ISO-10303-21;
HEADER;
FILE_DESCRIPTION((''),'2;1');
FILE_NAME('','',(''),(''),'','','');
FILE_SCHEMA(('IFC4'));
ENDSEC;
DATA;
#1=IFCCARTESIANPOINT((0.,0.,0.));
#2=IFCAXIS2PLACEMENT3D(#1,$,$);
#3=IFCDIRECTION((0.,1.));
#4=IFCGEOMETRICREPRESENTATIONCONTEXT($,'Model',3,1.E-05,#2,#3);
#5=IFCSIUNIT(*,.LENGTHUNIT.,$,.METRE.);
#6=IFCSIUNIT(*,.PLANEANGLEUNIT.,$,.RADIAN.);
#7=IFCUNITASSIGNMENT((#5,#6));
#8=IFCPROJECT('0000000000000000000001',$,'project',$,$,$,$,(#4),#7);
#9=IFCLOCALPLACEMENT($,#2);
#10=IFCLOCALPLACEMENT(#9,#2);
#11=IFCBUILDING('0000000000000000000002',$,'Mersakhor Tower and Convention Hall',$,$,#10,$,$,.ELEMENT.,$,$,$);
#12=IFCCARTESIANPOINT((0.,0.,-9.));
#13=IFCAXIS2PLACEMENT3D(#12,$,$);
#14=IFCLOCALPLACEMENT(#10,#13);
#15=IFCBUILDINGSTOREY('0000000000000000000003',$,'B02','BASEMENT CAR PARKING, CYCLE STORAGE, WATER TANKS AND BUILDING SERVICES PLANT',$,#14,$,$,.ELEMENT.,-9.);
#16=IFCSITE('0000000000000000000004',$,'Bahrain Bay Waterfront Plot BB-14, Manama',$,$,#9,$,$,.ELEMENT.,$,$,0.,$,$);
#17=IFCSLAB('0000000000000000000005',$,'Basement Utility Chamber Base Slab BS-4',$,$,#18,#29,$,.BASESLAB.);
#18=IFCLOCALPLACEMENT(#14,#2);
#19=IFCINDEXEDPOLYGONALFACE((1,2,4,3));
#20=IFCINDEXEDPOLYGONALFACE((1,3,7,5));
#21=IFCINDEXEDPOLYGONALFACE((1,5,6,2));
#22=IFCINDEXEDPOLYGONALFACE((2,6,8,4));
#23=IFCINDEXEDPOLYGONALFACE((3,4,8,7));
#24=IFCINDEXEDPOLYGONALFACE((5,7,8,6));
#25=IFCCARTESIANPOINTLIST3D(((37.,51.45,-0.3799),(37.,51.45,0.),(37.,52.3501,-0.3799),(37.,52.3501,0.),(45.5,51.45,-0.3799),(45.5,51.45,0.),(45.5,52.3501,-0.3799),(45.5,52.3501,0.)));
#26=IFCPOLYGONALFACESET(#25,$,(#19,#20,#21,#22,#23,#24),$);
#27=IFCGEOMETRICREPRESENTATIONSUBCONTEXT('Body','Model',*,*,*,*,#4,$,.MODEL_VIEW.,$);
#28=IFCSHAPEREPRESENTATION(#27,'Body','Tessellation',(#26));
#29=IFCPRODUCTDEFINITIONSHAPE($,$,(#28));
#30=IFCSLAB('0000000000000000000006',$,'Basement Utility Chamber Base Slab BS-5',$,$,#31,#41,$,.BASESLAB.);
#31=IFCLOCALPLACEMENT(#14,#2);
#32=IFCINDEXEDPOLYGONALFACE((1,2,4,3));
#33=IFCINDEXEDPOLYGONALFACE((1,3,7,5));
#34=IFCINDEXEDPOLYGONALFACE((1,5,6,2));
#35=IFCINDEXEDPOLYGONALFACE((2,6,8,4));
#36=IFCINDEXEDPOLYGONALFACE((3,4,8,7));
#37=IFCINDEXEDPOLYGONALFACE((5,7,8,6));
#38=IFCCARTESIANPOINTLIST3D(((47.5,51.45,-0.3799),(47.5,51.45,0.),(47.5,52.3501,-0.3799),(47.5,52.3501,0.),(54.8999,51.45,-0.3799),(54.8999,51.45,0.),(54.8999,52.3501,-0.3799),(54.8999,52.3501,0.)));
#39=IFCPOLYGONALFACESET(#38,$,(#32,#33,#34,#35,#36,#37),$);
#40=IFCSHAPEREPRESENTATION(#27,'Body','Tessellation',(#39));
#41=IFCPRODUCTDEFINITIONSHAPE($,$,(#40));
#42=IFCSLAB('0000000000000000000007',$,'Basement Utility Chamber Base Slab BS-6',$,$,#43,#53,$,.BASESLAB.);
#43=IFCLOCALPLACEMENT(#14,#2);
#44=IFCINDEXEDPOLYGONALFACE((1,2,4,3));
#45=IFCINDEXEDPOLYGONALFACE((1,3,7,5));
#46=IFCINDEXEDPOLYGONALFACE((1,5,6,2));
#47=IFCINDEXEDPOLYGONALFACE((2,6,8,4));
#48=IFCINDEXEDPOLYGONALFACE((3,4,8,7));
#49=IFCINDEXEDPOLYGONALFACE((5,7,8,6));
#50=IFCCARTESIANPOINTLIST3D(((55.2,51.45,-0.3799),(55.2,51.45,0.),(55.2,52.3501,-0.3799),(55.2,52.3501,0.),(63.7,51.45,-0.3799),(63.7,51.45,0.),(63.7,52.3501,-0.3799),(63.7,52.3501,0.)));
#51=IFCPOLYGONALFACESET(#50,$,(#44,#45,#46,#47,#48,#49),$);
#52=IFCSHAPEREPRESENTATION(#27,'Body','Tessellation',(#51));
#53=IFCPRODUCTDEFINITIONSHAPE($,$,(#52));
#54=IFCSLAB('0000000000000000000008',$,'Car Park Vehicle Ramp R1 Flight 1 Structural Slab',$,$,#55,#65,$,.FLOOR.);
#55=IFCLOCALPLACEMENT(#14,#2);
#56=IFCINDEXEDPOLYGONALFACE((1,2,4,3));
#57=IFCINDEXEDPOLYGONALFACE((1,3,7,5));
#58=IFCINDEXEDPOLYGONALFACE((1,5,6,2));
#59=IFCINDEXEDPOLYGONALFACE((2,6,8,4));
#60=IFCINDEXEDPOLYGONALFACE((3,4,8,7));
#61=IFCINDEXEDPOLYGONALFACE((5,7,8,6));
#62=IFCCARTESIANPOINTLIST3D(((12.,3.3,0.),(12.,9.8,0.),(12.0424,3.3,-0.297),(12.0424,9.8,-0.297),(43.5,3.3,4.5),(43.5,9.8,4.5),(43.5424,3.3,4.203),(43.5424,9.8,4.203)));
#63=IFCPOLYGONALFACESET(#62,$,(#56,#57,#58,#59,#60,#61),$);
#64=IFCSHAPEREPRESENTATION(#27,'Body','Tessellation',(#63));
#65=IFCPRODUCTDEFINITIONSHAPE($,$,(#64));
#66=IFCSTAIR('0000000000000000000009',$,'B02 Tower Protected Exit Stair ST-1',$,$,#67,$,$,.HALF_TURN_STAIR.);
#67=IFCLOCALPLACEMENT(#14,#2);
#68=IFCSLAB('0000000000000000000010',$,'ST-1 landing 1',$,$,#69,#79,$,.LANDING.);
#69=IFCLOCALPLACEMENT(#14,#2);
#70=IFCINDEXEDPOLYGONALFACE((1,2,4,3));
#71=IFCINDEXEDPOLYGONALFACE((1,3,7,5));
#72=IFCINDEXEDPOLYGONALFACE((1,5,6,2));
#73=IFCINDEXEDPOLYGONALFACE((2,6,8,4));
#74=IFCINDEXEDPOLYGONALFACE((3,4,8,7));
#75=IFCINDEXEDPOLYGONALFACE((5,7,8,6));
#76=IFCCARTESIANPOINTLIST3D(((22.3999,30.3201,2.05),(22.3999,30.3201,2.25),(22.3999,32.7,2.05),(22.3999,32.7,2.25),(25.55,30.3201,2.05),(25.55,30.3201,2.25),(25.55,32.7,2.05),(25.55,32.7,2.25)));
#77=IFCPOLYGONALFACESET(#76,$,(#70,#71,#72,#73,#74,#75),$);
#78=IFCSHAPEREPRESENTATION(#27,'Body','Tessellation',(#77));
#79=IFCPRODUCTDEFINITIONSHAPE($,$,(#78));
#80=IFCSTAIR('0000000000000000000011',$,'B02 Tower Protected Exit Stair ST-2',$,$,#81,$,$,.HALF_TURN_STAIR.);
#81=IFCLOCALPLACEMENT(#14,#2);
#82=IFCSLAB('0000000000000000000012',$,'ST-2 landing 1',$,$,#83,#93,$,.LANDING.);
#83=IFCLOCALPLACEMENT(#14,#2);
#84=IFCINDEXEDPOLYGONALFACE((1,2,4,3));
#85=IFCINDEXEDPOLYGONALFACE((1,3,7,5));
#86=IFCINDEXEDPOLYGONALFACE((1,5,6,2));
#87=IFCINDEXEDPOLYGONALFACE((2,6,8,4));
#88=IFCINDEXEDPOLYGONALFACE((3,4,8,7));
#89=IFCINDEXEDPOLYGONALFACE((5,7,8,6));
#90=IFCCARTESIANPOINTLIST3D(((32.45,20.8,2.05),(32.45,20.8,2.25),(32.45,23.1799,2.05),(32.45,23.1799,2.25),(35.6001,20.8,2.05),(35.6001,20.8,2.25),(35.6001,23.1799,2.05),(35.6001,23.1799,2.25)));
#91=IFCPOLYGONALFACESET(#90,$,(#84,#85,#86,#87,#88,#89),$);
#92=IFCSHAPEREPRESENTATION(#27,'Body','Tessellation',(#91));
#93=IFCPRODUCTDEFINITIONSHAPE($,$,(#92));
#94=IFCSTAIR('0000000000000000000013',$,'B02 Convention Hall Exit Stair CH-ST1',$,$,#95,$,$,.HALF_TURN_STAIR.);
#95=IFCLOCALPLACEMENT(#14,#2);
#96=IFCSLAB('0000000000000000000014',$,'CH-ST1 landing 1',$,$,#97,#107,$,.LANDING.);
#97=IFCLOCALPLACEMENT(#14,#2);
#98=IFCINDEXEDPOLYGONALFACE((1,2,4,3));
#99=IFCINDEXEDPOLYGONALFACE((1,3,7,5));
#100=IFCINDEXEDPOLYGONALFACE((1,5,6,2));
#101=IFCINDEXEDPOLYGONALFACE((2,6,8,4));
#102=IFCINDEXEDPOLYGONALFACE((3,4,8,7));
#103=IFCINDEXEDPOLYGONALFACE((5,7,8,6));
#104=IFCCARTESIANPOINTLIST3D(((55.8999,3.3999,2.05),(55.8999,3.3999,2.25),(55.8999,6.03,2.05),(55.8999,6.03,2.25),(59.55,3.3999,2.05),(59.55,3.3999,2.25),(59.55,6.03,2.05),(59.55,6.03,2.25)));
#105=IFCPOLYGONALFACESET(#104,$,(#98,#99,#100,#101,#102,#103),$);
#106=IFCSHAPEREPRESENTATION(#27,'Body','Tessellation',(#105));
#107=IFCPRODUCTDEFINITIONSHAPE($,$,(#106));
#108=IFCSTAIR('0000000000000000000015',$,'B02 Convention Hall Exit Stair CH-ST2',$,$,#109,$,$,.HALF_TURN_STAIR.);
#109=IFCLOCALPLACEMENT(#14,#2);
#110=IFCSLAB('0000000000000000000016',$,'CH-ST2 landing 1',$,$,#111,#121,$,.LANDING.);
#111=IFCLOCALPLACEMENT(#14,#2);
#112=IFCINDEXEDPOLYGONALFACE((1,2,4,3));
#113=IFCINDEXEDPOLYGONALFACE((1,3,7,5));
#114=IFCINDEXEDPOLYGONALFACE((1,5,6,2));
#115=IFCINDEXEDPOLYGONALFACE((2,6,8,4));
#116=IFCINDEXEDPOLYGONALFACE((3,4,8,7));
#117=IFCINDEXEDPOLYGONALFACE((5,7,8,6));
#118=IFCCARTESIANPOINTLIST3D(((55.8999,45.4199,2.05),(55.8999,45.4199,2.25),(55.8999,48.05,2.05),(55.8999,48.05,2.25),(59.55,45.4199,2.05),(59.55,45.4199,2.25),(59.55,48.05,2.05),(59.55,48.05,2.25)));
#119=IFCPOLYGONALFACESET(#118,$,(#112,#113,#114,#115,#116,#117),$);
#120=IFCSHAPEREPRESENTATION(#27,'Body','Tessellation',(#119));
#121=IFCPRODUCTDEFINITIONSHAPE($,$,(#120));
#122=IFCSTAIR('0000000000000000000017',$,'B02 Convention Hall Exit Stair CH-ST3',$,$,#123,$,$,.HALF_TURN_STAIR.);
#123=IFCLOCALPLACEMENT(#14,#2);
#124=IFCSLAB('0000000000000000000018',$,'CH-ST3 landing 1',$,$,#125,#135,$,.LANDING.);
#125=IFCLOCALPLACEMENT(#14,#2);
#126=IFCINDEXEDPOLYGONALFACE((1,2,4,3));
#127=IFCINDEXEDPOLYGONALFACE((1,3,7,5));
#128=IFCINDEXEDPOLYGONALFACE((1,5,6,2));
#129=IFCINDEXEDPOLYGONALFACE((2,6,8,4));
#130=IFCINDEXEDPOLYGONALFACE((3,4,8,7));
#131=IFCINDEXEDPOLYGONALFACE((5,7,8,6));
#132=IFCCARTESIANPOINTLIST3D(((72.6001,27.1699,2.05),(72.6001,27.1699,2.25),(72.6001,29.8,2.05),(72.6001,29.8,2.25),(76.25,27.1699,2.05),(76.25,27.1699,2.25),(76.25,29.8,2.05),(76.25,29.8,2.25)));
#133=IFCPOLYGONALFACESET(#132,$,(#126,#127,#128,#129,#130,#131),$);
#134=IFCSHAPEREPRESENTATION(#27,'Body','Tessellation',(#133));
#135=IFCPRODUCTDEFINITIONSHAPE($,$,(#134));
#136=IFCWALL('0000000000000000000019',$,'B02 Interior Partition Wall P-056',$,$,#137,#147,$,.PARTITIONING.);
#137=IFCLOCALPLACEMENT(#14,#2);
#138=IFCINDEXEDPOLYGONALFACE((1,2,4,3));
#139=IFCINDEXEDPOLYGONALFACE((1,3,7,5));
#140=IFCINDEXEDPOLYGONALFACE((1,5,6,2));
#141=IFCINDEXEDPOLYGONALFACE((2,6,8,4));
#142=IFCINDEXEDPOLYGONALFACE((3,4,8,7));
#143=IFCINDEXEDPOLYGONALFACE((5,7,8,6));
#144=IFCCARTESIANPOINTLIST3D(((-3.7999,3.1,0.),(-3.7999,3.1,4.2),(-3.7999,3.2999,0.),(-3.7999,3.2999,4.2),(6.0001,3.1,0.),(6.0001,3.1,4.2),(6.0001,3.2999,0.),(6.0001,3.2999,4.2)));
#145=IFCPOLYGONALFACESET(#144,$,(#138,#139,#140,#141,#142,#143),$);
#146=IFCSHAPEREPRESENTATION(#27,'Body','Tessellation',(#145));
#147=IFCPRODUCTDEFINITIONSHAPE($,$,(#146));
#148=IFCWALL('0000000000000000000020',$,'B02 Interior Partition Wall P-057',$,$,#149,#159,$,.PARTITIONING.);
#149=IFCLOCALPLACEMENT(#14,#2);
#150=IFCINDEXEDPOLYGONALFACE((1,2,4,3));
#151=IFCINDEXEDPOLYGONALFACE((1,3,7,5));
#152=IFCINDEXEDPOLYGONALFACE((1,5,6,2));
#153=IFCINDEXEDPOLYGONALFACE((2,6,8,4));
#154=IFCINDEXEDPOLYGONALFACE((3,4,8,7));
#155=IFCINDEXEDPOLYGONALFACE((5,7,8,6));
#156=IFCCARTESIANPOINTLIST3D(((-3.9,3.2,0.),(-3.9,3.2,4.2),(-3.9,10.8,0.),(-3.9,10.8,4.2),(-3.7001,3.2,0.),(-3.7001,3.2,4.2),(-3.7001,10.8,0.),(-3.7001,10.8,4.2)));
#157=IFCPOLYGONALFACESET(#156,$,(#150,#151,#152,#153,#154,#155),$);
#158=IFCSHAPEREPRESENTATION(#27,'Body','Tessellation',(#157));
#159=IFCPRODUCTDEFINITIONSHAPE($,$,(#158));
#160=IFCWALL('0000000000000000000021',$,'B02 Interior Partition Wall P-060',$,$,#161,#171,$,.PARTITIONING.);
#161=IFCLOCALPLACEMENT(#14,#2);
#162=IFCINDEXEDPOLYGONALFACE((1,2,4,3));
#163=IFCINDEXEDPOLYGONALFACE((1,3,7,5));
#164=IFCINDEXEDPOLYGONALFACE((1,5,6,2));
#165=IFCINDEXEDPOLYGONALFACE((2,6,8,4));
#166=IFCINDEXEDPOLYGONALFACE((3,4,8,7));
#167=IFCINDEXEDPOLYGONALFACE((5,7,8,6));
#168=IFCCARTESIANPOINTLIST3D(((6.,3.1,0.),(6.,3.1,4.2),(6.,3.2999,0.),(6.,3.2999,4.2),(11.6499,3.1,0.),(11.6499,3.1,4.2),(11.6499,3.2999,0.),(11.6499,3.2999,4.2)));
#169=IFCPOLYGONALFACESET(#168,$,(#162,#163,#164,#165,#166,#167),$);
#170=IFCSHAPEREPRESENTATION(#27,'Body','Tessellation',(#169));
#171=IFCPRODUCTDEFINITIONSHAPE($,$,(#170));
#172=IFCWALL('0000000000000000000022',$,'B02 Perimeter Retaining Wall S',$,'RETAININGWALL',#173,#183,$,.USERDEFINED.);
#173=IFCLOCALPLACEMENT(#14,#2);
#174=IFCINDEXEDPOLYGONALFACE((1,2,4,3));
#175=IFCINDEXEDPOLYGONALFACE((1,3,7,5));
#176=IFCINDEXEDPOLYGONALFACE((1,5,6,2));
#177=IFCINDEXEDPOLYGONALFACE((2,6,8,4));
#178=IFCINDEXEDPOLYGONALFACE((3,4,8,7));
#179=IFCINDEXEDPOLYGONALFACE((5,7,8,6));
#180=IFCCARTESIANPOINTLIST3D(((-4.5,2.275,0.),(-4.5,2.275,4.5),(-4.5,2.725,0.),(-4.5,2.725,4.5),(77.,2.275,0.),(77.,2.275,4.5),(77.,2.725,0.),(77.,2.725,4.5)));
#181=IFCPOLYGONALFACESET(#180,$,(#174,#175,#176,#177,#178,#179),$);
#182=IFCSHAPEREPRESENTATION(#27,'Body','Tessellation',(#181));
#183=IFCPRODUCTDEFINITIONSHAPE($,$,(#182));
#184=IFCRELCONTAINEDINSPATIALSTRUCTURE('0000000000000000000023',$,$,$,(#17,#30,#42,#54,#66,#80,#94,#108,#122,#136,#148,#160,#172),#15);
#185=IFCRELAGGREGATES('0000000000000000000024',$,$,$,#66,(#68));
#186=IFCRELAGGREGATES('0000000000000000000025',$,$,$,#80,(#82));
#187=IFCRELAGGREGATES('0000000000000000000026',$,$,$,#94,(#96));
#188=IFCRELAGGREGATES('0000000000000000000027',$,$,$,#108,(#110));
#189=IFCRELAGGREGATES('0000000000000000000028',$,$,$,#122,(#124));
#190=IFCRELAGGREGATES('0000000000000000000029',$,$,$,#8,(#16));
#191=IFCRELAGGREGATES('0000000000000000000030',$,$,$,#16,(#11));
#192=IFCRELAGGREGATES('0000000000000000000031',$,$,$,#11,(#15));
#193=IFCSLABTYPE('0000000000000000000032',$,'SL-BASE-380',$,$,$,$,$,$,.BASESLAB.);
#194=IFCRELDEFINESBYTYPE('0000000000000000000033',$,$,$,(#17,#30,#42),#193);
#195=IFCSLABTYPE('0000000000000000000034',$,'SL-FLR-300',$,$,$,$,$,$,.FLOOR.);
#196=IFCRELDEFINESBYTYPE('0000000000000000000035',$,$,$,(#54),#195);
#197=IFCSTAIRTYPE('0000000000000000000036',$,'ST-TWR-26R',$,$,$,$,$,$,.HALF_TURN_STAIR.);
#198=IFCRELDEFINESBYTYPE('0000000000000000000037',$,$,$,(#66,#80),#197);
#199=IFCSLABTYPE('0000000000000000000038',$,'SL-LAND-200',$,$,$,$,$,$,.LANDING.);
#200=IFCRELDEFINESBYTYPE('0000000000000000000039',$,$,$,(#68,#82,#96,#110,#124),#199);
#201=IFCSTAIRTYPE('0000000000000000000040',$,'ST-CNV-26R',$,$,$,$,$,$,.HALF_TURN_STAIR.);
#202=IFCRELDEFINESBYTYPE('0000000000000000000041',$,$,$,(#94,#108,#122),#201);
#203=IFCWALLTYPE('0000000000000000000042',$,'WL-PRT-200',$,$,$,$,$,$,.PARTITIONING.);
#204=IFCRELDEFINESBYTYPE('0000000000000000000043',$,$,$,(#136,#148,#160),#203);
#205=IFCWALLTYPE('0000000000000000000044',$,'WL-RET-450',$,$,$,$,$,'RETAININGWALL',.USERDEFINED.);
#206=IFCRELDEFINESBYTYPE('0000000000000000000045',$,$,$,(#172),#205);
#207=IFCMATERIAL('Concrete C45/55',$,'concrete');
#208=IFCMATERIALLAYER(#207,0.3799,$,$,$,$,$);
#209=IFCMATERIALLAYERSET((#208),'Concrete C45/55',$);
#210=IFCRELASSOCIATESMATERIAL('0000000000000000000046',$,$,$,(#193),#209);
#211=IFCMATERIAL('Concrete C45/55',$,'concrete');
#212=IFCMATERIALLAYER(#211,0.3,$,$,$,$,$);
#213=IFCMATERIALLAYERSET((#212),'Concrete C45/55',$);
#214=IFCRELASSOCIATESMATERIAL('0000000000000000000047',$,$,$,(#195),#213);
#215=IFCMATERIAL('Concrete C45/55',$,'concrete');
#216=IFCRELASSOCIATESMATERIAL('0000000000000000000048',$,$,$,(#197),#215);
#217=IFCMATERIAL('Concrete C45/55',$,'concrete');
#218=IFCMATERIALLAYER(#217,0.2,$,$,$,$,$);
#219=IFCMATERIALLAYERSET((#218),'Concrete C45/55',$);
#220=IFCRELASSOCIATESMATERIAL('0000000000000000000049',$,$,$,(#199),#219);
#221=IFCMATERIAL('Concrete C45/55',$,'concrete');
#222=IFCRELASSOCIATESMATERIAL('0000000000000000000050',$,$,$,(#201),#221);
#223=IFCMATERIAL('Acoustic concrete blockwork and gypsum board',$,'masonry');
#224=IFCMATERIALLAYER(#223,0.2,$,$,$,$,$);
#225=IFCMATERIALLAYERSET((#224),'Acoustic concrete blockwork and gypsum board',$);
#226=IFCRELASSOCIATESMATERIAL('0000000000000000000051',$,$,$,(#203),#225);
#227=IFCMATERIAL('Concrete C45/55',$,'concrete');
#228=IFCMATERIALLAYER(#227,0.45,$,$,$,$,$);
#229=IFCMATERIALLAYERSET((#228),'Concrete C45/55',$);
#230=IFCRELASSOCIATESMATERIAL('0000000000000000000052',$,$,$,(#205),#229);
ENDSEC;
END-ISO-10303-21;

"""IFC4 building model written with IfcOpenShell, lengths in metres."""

from ifc_helpers import new_model, si_unit, direction, frame, frame_2d, origin, place, context, subcontext, project, spatial, polyline, rectangle, outline, extrude, material, layer, layer_set, type_object, element, aggregate, save


model = new_model("IFC4")

# Units and contexts
model_context = context("Model", 3, precision=1e-05, world=origin(), true_north=direction((0.0, 1.0)))
body_context = subcontext(model_context, "Body", "Model", "MODEL_VIEW")
ifc_project = project(units=[si_unit("LENGTHUNIT", "METRE"), si_unit("PLANEANGLEUNIT", "RADIAN")], contexts=[model_context])

# Site, building, storey
site_placement = place(None, origin())
site = spatial("IfcSite", under=ifc_project, at=site_placement, Name="Bahrain Bay Waterfront Plot BB-14, Manama", CompositionType="ELEMENT", RefElevation=0.0)
building_placement = place(site_placement, origin())
building = spatial("IfcBuilding", under=site, at=building_placement, Name="Mersakhor Tower and Convention Hall", CompositionType="ELEMENT")
storey_placement = place(building_placement, frame((0.0, 0.0, -9.0)))
storey = spatial("IfcBuildingStorey", under=building, at=storey_placement, Name="B02", Description="BASEMENT CAR PARKING, CYCLE STORAGE, WATER TANKS AND BUILDING SERVICES PLANT", CompositionType="ELEMENT", Elevation=-9.0)

# Slabs
ifc_material_1 = material(Name="Concrete C45/55", Category="concrete")
ifc_layer_1 = layer(ifc_material_1, 0.3799)
ifc_layer_set_1 = layer_set([ifc_layer_1], Name="Concrete C45/55")
slab_type_1 = type_object("IfcSlabType", Name="SL-BASE-380", PredefinedType="BASESLAB", material=ifc_layer_set_1)
slab_1_placement = place(storey_placement, frame((0.0, 0.0, -0.3799)))
element("IfcSlab", 1, at=slab_1_placement, inside=storey, type_object=slab_type_1, Name="Basement Utility Chamber Base Slab BS-4", PredefinedType="BASESLAB", context=body_context, shape_type="SweptSolid", body=[
    extrude(outline(polyline([(37.0, 51.45), (37.0, 52.3501), (45.5, 52.3501), (45.5, 51.45), (37.0, 51.45)])), origin(), (0.0, 0.0, 1.0), 0.3799),
])
slab_2_placement = place(storey_placement, frame((0.0, 0.0, -0.3799)))
element("IfcSlab", 2, at=slab_2_placement, inside=storey, type_object=slab_type_1, Name="Basement Utility Chamber Base Slab BS-5", PredefinedType="BASESLAB", context=body_context, shape_type="SweptSolid", body=[
    extrude(outline(polyline([(47.5, 51.45), (47.5, 52.3501), (54.8999, 52.3501), (54.8999, 51.45), (47.5, 51.45)])), origin(), (0.0, 0.0, 1.0), 0.3799),
])
slab_3_placement = place(storey_placement, frame((0.0, 0.0, -0.3799)))
element("IfcSlab", 3, at=slab_3_placement, inside=storey, type_object=slab_type_1, Name="Basement Utility Chamber Base Slab BS-6", PredefinedType="BASESLAB", context=body_context, shape_type="SweptSolid", body=[
    extrude(outline(polyline([(55.2, 51.45), (55.2, 52.3501), (63.7, 52.3501), (63.7, 51.45), (55.2, 51.45)])), origin(), (0.0, 0.0, 1.0), 0.3799),
])
ifc_material_2 = material(Name="Concrete C45/55", Category="concrete")
ifc_layer_2 = layer(ifc_material_2, 0.3)
ifc_layer_set_2 = layer_set([ifc_layer_2], Name="Concrete C45/55")
slab_type_2 = type_object("IfcSlabType", Name="SL-FLR-300", PredefinedType="FLOOR", material=ifc_layer_set_2)
slab_4_placement = place(storey_placement, frame((12.0, 3.3, 0.0), z_axis=(-0.141421, 0.0, 0.989949), x_axis=(0.989949, 0.0, 0.141421)))
element("IfcSlab", 4, at=slab_4_placement, inside=storey, type_object=slab_type_2, Name="Car Park Vehicle Ramp R1 Flight 1 Structural Slab", PredefinedType="FLOOR", context=body_context, shape_type="SweptSolid", body=[
    extrude(outline(polyline([(0.0, 0.0), (31.8198, 0.0), (31.8198, 6.5), (0.0, 6.5), (0.0, 0.0)])), origin(), (0.0, 0.0, -1.0), 0.3),
])

# Stairs, slabs
ifc_material_3 = material(Name="Concrete C45/55", Category="concrete")
stair_type_1 = type_object("IfcStairType", Name="ST-TWR-26R", PredefinedType="HALF_TURN_STAIR", material=ifc_material_3)
stair_1_placement = place(storey_placement, origin())
stair_1 = element("IfcStair", 5, at=stair_1_placement, inside=storey, type_object=stair_type_1, Name="B02 Tower Protected Exit Stair ST-1", PredefinedType="HALF_TURN_STAIR")
ifc_material_4 = material(Name="Concrete C45/55", Category="concrete")
ifc_layer_3 = layer(ifc_material_4, 0.2)
ifc_layer_set_3 = layer_set([ifc_layer_3], Name="Concrete C45/55")
slab_type_3 = type_object("IfcSlabType", Name="SL-LAND-200", PredefinedType="LANDING", material=ifc_layer_set_3)
slab_5_placement = place(storey_placement, frame((0.0, 0.0, 2.05)))
slab_5 = element("IfcSlab", 6, at=slab_5_placement, type_object=slab_type_3, Name="ST-1 landing 1", PredefinedType="LANDING", context=body_context, shape_type="SweptSolid", body=[
    extrude(outline(polyline([(25.55, 30.3201), (25.55, 32.7), (22.3999, 32.7), (22.3999, 30.3201), (25.55, 30.3201)])), origin(), (0.0, 0.0, 1.0), 0.2),
])
aggregate(stair_1, [slab_5])
stair_2_placement = place(storey_placement, origin())
stair_2 = element("IfcStair", 7, at=stair_2_placement, inside=storey, type_object=stair_type_1, Name="B02 Tower Protected Exit Stair ST-2", PredefinedType="HALF_TURN_STAIR")
slab_6_placement = place(storey_placement, frame((0.0, 0.0, 2.05)))
slab_6 = element("IfcSlab", 8, at=slab_6_placement, type_object=slab_type_3, Name="ST-2 landing 1", PredefinedType="LANDING", context=body_context, shape_type="SweptSolid", body=[
    extrude(outline(polyline([(32.45, 23.1799), (32.45, 20.8), (35.6001, 20.8), (35.6001, 23.1799), (32.45, 23.1799)])), origin(), (0.0, 0.0, 1.0), 0.2),
])
aggregate(stair_2, [slab_6])
ifc_material_5 = material(Name="Concrete C45/55", Category="concrete")
stair_type_2 = type_object("IfcStairType", Name="ST-CNV-26R", PredefinedType="HALF_TURN_STAIR", material=ifc_material_5)
stair_3_placement = place(storey_placement, origin())
stair_3 = element("IfcStair", 9, at=stair_3_placement, inside=storey, type_object=stair_type_2, Name="B02 Convention Hall Exit Stair CH-ST1", PredefinedType="HALF_TURN_STAIR")
slab_7_placement = place(storey_placement, frame((0.0, 0.0, 2.05)))
slab_7 = element("IfcSlab", 10, at=slab_7_placement, type_object=slab_type_3, Name="CH-ST1 landing 1", PredefinedType="LANDING", context=body_context, shape_type="SweptSolid", body=[
    extrude(outline(polyline([(55.8999, 6.03), (55.8999, 3.3999), (59.55, 3.3999), (59.55, 6.03), (55.8999, 6.03)])), origin(), (0.0, 0.0, 1.0), 0.2),
])
aggregate(stair_3, [slab_7])
stair_4_placement = place(storey_placement, origin())
stair_4 = element("IfcStair", 11, at=stair_4_placement, inside=storey, type_object=stair_type_2, Name="B02 Convention Hall Exit Stair CH-ST2", PredefinedType="HALF_TURN_STAIR")
slab_8_placement = place(storey_placement, frame((0.0, 0.0, 2.05)))
slab_8 = element("IfcSlab", 12, at=slab_8_placement, type_object=slab_type_3, Name="CH-ST2 landing 1", PredefinedType="LANDING", context=body_context, shape_type="SweptSolid", body=[
    extrude(outline(polyline([(59.55, 45.4199), (59.55, 48.05), (55.8999, 48.05), (55.8999, 45.4199), (59.55, 45.4199)])), origin(), (0.0, 0.0, 1.0), 0.2),
])
aggregate(stair_4, [slab_8])
stair_5_placement = place(storey_placement, origin())
stair_5 = element("IfcStair", 13, at=stair_5_placement, inside=storey, type_object=stair_type_2, Name="B02 Convention Hall Exit Stair CH-ST3", PredefinedType="HALF_TURN_STAIR")
slab_9_placement = place(storey_placement, frame((0.0, 0.0, 2.05)))
slab_9 = element("IfcSlab", 14, at=slab_9_placement, type_object=slab_type_3, Name="CH-ST3 landing 1", PredefinedType="LANDING", context=body_context, shape_type="SweptSolid", body=[
    extrude(outline(polyline([(76.25, 27.1699), (76.25, 29.8), (72.6001, 29.8), (72.6001, 27.1699), (76.25, 27.1699)])), origin(), (0.0, 0.0, 1.0), 0.2),
])
aggregate(stair_5, [slab_9])

# Walls
ifc_material_6 = material(Name="Acoustic concrete blockwork and gypsum board", Category="masonry")
ifc_layer_4 = layer(ifc_material_6, 0.2)
ifc_layer_set_4 = layer_set([ifc_layer_4], Name="Acoustic concrete blockwork and gypsum board")
wall_type_1 = type_object("IfcWallType", Name="WL-PRT-200", PredefinedType="PARTITIONING", material=ifc_layer_set_4)
wall_1_placement = place(storey_placement, frame((6.0, 3.2, 0.0), z_axis=(0.0, 0.0, 1.0), x_axis=(-1.0, 0.0, 0.0)))
element("IfcWall", 15, at=wall_1_placement, inside=storey, type_object=wall_type_1, Name="B02 Interior Partition Wall P-056", PredefinedType="PARTITIONING", context=body_context, shape_type="SweptSolid", body=[
    extrude(rectangle(XDim=9.8, YDim=0.2, at=frame_2d((4.8999, 0.0))), origin(), (0.0, 0.0, 1.0), 4.2),
])
wall_2_placement = place(storey_placement, frame((-3.8, 3.2, 0.0), z_axis=(0.0, 0.0, 1.0), x_axis=(0.0, 1.0, 0.0)))
element("IfcWall", 16, at=wall_2_placement, inside=storey, type_object=wall_type_1, Name="B02 Interior Partition Wall P-057", PredefinedType="PARTITIONING", context=body_context, shape_type="SweptSolid", body=[
    extrude(rectangle(XDim=7.6001, YDim=0.2, at=frame_2d((3.8, 0.0))), origin(), (0.0, 0.0, 1.0), 4.2),
])
wall_3_placement = place(storey_placement, frame((11.6499, 3.2, 0.0), z_axis=(0.0, 0.0, 1.0), x_axis=(-1.0, 0.0, 0.0)))
element("IfcWall", 17, at=wall_3_placement, inside=storey, type_object=wall_type_1, Name="B02 Interior Partition Wall P-060", PredefinedType="PARTITIONING", context=body_context, shape_type="SweptSolid", body=[
    extrude(rectangle(XDim=5.6499, YDim=0.2, at=frame_2d((2.825, 0.0))), origin(), (0.0, 0.0, 1.0), 4.2),
])
ifc_material_7 = material(Name="Concrete C45/55", Category="concrete")
ifc_layer_5 = layer(ifc_material_7, 0.45)
ifc_layer_set_5 = layer_set([ifc_layer_5], Name="Concrete C45/55")
wall_type_2 = type_object("IfcWallType", Name="WL-RET-450", ElementType="RETAININGWALL", PredefinedType="USERDEFINED", material=ifc_layer_set_5)
wall_4_placement = place(storey_placement, frame((-4.5, 2.5, 0.0), z_axis=(0.0, 0.0, 1.0), x_axis=(1.0, 0.0, 0.0)))
element("IfcWall", 18, at=wall_4_placement, inside=storey, type_object=wall_type_2, Name="B02 Perimeter Retaining Wall S", ObjectType="RETAININGWALL", PredefinedType="USERDEFINED", context=body_context, shape_type="SweptSolid", body=[
    extrude(rectangle(XDim=81.5, YDim=0.45, at=frame_2d((40.75, 0.0))), origin(), (0.0, 0.0, 1.0), 4.5),
])

save(model, "model.ifc")
